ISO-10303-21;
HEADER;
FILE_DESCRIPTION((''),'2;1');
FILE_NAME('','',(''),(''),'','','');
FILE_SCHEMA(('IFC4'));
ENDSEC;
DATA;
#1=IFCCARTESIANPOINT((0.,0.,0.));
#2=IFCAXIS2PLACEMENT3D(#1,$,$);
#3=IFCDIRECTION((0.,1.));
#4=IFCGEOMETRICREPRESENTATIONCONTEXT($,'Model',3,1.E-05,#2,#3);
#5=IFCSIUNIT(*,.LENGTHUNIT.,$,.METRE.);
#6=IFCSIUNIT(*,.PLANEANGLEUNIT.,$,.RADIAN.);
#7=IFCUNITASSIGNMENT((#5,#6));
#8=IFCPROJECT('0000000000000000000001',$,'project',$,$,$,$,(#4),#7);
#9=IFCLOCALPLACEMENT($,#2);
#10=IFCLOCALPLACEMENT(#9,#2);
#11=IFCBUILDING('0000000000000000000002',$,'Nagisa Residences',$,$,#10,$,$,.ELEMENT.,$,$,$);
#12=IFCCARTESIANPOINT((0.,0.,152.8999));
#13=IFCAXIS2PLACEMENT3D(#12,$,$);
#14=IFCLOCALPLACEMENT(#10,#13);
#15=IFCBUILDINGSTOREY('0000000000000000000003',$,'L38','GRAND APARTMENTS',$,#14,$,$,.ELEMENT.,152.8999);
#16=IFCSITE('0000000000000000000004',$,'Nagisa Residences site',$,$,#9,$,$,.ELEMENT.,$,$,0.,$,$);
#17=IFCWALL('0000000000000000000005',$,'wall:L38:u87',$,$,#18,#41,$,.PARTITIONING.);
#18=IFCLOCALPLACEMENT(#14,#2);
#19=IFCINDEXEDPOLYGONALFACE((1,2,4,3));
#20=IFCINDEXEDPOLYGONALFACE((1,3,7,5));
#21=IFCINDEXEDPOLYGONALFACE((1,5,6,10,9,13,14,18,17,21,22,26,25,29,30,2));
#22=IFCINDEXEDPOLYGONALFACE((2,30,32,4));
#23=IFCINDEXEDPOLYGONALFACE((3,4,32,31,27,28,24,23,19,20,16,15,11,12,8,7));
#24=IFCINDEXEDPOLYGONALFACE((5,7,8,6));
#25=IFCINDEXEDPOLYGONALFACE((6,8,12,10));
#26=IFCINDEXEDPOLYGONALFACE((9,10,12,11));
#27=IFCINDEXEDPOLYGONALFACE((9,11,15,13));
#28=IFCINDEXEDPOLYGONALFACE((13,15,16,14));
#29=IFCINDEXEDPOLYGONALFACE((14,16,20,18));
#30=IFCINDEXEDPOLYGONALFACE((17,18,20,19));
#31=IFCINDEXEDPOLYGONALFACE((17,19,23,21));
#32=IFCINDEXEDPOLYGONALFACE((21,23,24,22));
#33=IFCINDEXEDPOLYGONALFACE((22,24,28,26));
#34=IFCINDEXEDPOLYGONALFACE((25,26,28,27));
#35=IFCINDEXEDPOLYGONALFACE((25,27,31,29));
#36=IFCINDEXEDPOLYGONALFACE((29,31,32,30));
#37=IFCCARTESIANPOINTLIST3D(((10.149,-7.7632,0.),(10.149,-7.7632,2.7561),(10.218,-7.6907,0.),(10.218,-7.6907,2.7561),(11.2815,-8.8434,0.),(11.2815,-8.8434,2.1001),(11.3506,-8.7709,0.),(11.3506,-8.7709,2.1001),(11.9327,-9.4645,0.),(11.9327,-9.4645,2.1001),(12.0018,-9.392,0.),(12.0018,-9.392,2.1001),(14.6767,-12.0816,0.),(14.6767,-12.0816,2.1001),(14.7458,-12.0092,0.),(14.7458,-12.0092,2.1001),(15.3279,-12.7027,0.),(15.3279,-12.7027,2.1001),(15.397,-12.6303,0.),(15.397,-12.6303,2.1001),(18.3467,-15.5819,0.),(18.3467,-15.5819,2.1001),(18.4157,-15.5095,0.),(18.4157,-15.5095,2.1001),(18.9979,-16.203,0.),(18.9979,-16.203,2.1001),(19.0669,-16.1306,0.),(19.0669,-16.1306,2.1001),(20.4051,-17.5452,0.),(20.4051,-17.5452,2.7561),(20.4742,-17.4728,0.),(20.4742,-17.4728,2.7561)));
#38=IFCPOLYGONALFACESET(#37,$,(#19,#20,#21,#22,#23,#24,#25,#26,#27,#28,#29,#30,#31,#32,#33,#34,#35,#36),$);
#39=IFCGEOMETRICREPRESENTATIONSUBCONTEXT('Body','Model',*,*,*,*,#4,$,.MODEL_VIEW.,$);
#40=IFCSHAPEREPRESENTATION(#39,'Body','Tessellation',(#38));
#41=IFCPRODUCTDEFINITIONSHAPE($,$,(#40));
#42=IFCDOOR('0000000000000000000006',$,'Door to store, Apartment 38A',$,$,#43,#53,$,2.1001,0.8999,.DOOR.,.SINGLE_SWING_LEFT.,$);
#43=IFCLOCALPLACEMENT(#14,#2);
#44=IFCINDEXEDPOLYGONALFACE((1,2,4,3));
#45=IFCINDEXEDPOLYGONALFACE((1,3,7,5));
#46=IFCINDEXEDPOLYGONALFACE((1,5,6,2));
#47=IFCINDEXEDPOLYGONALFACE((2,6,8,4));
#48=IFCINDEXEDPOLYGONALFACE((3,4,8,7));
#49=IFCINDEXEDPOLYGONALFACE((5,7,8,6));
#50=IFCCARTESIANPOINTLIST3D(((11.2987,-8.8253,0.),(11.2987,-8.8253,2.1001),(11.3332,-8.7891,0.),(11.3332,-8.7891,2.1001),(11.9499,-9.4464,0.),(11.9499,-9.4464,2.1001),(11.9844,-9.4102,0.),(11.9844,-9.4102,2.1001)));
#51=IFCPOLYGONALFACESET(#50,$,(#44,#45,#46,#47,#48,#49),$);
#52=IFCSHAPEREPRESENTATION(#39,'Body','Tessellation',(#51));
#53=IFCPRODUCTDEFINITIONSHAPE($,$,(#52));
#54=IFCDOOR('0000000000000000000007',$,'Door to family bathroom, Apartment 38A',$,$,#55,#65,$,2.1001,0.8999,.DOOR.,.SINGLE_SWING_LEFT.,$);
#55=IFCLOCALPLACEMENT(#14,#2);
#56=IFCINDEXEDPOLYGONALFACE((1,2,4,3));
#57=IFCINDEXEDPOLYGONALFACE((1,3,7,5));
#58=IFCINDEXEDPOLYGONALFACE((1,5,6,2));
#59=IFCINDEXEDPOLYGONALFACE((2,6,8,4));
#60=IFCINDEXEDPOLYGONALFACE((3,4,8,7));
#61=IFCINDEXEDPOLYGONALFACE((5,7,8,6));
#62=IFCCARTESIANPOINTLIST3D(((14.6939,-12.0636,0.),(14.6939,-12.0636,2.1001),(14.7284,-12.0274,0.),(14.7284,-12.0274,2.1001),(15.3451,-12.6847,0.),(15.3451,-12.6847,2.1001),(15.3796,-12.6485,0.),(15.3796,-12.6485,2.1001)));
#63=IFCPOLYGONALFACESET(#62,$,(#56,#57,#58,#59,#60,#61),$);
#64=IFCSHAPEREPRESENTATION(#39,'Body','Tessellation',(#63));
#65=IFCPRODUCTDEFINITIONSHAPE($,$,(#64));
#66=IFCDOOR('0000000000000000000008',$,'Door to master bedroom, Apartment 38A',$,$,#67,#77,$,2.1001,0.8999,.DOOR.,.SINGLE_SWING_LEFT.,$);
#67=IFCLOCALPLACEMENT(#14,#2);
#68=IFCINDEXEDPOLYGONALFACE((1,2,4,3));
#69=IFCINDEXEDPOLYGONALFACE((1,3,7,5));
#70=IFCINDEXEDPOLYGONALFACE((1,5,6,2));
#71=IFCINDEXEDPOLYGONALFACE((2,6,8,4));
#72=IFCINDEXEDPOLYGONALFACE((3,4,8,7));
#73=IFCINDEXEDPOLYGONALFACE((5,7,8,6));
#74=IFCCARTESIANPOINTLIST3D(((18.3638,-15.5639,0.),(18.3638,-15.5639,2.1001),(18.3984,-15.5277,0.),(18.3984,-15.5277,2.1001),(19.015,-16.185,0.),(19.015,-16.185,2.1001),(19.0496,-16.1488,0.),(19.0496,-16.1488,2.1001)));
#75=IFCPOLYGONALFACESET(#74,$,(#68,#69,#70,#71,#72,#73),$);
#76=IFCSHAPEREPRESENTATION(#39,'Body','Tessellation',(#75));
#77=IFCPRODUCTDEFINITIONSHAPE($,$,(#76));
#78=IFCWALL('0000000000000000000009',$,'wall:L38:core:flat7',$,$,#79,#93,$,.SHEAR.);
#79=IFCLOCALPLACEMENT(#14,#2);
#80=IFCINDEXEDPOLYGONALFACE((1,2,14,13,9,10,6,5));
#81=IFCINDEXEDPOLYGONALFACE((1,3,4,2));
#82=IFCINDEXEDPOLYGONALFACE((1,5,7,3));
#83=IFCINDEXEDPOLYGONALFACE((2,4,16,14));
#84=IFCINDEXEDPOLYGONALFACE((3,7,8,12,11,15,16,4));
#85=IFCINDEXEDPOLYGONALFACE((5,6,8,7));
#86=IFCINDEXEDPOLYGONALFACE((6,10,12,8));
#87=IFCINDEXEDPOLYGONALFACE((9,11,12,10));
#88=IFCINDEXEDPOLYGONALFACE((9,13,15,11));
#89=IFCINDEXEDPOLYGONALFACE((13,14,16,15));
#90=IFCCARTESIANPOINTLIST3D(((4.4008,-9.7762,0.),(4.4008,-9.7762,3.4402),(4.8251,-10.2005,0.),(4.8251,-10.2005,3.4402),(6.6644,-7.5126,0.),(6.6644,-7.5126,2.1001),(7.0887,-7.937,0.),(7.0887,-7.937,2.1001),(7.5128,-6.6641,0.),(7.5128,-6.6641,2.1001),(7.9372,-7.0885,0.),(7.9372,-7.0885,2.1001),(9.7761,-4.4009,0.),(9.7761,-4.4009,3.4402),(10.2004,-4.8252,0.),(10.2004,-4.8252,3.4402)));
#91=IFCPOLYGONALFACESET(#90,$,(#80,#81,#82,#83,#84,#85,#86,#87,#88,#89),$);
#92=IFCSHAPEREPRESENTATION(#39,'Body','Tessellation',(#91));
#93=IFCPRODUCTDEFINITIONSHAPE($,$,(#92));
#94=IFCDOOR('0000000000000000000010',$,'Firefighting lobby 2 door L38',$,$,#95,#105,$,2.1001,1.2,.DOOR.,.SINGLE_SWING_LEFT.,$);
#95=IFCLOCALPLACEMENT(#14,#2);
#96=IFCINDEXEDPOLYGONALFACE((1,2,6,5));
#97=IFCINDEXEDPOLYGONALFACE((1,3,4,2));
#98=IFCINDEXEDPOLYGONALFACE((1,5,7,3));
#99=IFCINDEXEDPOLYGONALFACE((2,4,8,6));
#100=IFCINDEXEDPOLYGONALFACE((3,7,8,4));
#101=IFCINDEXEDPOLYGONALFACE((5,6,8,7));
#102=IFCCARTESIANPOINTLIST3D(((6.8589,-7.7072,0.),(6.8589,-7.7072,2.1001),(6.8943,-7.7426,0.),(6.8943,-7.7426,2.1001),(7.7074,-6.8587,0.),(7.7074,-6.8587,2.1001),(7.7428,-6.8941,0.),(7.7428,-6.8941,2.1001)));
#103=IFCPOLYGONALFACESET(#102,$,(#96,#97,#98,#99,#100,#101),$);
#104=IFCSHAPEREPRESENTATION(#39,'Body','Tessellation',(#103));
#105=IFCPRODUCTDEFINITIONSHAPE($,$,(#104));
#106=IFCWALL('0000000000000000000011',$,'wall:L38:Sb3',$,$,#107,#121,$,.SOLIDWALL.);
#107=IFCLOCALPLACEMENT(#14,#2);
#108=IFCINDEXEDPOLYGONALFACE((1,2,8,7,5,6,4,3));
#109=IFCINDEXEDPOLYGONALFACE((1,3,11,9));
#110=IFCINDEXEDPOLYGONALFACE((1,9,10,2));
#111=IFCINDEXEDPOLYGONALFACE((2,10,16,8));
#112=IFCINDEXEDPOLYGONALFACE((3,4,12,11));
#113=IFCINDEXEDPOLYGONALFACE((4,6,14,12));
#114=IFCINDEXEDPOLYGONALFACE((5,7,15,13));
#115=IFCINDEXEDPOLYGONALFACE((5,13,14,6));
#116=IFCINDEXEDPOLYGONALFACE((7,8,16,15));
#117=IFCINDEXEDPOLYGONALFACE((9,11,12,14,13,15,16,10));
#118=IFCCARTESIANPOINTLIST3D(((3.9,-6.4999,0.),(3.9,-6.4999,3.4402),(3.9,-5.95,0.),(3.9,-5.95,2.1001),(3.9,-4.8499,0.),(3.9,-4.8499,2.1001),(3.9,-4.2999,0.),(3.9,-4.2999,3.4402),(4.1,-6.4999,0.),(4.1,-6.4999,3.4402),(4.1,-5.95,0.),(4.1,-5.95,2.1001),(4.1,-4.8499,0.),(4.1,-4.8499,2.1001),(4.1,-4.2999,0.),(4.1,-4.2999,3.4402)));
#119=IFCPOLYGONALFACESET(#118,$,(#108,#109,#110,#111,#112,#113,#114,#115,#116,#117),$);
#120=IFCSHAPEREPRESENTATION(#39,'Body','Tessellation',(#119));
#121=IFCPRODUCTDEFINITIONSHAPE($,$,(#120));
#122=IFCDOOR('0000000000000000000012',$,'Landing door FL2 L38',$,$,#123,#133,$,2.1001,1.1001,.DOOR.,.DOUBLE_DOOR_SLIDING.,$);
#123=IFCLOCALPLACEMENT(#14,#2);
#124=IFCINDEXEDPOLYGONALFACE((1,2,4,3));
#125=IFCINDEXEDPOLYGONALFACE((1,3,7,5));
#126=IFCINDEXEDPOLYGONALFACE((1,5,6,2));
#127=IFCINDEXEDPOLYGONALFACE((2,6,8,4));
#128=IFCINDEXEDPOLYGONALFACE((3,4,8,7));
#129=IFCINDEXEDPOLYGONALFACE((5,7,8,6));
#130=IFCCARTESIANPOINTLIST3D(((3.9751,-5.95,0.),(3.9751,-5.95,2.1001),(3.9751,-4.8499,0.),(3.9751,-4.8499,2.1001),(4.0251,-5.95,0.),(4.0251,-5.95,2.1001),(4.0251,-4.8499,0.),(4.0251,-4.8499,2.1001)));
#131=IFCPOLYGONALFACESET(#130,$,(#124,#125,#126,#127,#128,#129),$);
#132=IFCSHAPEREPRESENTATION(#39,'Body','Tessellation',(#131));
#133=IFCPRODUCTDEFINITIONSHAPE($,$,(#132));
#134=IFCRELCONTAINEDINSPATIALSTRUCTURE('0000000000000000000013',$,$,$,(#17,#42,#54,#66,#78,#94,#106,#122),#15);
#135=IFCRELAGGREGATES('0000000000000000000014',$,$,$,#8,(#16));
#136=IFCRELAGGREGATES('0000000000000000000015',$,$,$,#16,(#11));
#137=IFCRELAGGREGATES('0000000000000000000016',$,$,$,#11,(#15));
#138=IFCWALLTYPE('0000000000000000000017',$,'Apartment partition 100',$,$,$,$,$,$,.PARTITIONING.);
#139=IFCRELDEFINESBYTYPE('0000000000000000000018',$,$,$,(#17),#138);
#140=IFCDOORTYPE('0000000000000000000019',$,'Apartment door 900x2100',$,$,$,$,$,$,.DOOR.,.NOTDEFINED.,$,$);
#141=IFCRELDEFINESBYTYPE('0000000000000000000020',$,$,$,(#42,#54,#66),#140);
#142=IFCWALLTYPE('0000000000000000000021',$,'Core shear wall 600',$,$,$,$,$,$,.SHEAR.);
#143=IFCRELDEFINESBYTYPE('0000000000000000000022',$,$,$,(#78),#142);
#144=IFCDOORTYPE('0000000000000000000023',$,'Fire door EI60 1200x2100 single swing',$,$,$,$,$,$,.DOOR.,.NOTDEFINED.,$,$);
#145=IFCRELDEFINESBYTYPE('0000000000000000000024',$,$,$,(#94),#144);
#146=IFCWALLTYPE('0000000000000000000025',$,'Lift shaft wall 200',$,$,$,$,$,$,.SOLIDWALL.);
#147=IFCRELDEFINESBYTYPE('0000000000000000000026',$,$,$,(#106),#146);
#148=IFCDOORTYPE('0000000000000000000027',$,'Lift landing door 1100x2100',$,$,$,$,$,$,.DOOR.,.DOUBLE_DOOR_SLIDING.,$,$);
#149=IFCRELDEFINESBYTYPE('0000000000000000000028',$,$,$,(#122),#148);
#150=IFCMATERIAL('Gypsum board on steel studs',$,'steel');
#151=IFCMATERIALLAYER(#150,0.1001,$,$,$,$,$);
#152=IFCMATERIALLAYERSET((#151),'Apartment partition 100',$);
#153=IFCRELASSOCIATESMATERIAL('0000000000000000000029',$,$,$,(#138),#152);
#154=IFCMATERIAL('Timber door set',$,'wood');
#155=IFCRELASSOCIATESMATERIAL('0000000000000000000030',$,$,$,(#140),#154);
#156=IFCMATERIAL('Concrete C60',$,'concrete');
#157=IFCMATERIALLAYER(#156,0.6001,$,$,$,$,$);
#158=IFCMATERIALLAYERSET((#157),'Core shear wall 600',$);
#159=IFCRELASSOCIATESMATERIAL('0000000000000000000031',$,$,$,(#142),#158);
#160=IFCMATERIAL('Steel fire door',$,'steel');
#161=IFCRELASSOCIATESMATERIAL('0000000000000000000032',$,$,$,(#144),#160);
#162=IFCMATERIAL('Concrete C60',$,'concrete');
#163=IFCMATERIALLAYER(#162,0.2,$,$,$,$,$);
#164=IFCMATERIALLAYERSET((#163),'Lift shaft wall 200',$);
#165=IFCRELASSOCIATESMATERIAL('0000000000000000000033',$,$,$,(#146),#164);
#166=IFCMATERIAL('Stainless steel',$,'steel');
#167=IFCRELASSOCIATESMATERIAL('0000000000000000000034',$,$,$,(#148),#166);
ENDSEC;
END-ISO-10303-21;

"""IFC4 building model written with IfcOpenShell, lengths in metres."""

from ifc_helpers import new_model, si_unit, direction, frame, frame_2d, origin, place, context, subcontext, project, spatial, rectangle, extrude, material, layer, layer_set, type_object, element, fill, save


model = new_model("IFC4")

# Units and contexts
model_context = context("Model", 3, precision=1e-05, world=origin(), true_north=direction((0.0, 1.0)))
body_context = subcontext(model_context, "Body", "Model", "MODEL_VIEW")
ifc_project = project(units=[si_unit("LENGTHUNIT", "METRE"), si_unit("PLANEANGLEUNIT", "RADIAN")], contexts=[model_context])

# Site, building, storey
site_placement = place(None, origin())
site = spatial("IfcSite", under=ifc_project, at=site_placement, Name="Nagisa Residences site", CompositionType="ELEMENT", RefElevation=0.0)
building_placement = place(site_placement, origin())
building = spatial("IfcBuilding", under=site, at=building_placement, Name="Nagisa Residences", CompositionType="ELEMENT")
storey_placement = place(building_placement, frame((0.0, 0.0, 152.8999)))
storey = spatial("IfcBuildingStorey", under=building, at=storey_placement, Name="L38", Description="GRAND APARTMENTS", CompositionType="ELEMENT", Elevation=152.8999)

# Wall, openings, doors
ifc_material_1 = material(Name="Gypsum board on steel studs", Category="steel")
ifc_layer_1 = layer(ifc_material_1, 0.1001)
ifc_layer_set_1 = layer_set([ifc_layer_1], Name="Apartment partition 100")
wall_type_1 = type_object("IfcWallType", Name="Apartment partition 100", PredefinedType="PARTITIONING", material=ifc_layer_set_1)
ifc_material_2 = material(Name="Timber door set", Category="wood")
door_type_1 = type_object("IfcDoorType", Name="Apartment door 900x2100", OperationType="NOTDEFINED", PredefinedType="DOOR", material=ifc_material_2)
wall_1_placement = place(storey_placement, frame((10.1836, -7.7271, 0.0), z_axis=(0.0, 0.0, 1.0), x_axis=(0.723635, -0.690183, 0.0)))
wall_1 = element("IfcWall", 1, at=wall_1_placement, inside=storey, type_object=wall_type_1, Name="wall:L38:u87", PredefinedType="PARTITIONING", context=body_context, shape_type="SweptSolid", body=[
    extrude(rectangle(XDim=14.1731, YDim=0.1001, at=frame_2d((7.0864, 0.0))), origin(), (0.0, 0.0, 1.0), 2.7561),
])
opening_1_placement = place(wall_1_placement, frame((1.5649, 0.0, 0.0)))
opening_1 = element("IfcOpeningElement", 2, at=opening_1_placement, cuts=wall_1, PredefinedType="OPENING", context=body_context, shape_type="SweptSolid", body=[
    extrude(rectangle(XDim=0.8999, YDim=2.1001, at=frame_2d((0.45, 1.05))), frame((0.0, 0.0601, 0.0), z_axis=(0.0, -1.0, 0.0), x_axis=(1.0, 0.0, 0.0)), (0.0, 0.0, 1.0), 0.1201),
])
opening_2_placement = place(wall_1_placement, frame((6.2568, 0.0, 0.0)))
opening_2 = element("IfcOpeningElement", 3, at=opening_2_placement, cuts=wall_1, PredefinedType="OPENING", context=body_context, shape_type="SweptSolid", body=[
    extrude(rectangle(XDim=0.8999, YDim=2.1001, at=frame_2d((0.45, 1.05))), frame((0.0, 0.0601, 0.0), z_axis=(0.0, -1.0, 0.0), x_axis=(1.0, 0.0, 0.0)), (0.0, 0.0, 1.0), 0.1201),
])
opening_3_placement = place(wall_1_placement, frame((11.3284, 0.0, 0.0)))
opening_3 = element("IfcOpeningElement", 4, at=opening_3_placement, cuts=wall_1, PredefinedType="OPENING", context=body_context, shape_type="SweptSolid", body=[
    extrude(rectangle(XDim=0.8999, YDim=2.1001, at=frame_2d((0.45, 1.05))), frame((0.0, 0.0601, 0.0), z_axis=(0.0, -1.0, 0.0), x_axis=(1.0, 0.0, 0.0)), (0.0, 0.0, 1.0), 0.1201),
])
door_1_placement = place(opening_1_placement, origin())
door_1 = element("IfcDoor", 5, at=door_1_placement, inside=storey, type_object=door_type_1, Name="Door to store, Apartment 38A", OperationType="SINGLE_SWING_LEFT", OverallHeight=2.1001, OverallWidth=0.8999, PredefinedType="DOOR", context=body_context, shape_type="SweptSolid", body=[
    extrude(rectangle(XDim=0.8999, YDim=2.1001, at=frame_2d((0.45, 1.05))), frame((0.0, 0.0249, 0.0), z_axis=(0.0, -1.0, 0.0), x_axis=(1.0, 0.0, 0.0)), (0.0, 0.0, 1.0), 0.05),
])
fill(opening_1, door_1)
door_2_placement = place(opening_2_placement, origin())
door_2 = element("IfcDoor", 6, at=door_2_placement, inside=storey, type_object=door_type_1, Name="Door to family bathroom, Apartment 38A", OperationType="SINGLE_SWING_LEFT", OverallHeight=2.1001, OverallWidth=0.8999, PredefinedType="DOOR", context=body_context, shape_type="SweptSolid", body=[
    extrude(rectangle(XDim=0.8999, YDim=2.1001, at=frame_2d((0.45, 1.05))), frame((0.0, 0.0249, 0.0), z_axis=(0.0, -1.0, 0.0), x_axis=(1.0, 0.0, 0.0)), (0.0, 0.0, 1.0), 0.05),
])
fill(opening_2, door_2)
door_3_placement = place(opening_3_placement, origin())
door_3 = element("IfcDoor", 7, at=door_3_placement, inside=storey, type_object=door_type_1, Name="Door to master bedroom, Apartment 38A", OperationType="SINGLE_SWING_LEFT", OverallHeight=2.1001, OverallWidth=0.8999, PredefinedType="DOOR", context=body_context, shape_type="SweptSolid", body=[
    extrude(rectangle(XDim=0.8999, YDim=2.1001, at=frame_2d((0.45, 1.05))), frame((0.0, 0.0249, 0.0), z_axis=(0.0, -1.0, 0.0), x_axis=(1.0, 0.0, 0.0)), (0.0, 0.0, 1.0), 0.05),
])
fill(opening_3, door_3)

# Walls, openings, doors
ifc_material_3 = material(Name="Concrete C60", Category="concrete")
ifc_layer_2 = layer(ifc_material_3, 0.6001)
ifc_layer_set_2 = layer_set([ifc_layer_2], Name="Core shear wall 600")
wall_type_2 = type_object("IfcWallType", Name="Core shear wall 600", PredefinedType="SHEAR", material=ifc_layer_set_2)
wall_2_placement = place(storey_placement, frame((4.613, -9.9883, 0.0), z_axis=(0.0, 0.0, 1.0), x_axis=(0.707107, 0.707107, 0.0)))
wall_2 = element("IfcWall", 8, at=wall_2_placement, inside=storey, type_object=wall_type_2, Name="wall:L38:core:flat7", PredefinedType="SHEAR", context=body_context, shape_type="SweptSolid", body=[
    extrude(rectangle(XDim=7.6018, YDim=0.6001, at=frame_2d((3.8008, 0.0))), origin(), (0.0, 0.0, 1.0), 3.4402),
])
opening_4_placement = place(wall_2_placement, frame((3.2009, 0.0, 0.0)))
opening_4 = element("IfcOpeningElement", 9, at=opening_4_placement, cuts=wall_2, PredefinedType="OPENING", context=body_context, shape_type="SweptSolid", body=[
    extrude(rectangle(XDim=1.2, YDim=2.1001, at=frame_2d((0.6001, 1.05))), frame((0.0, 0.3101, 0.0), z_axis=(0.0, -1.0, 0.0), x_axis=(1.0, 0.0, 0.0)), (0.0, 0.0, 1.0), 0.6201),
])
ifc_material_4 = material(Name="Steel fire door", Category="steel")
door_type_2 = type_object("IfcDoorType", Name="Fire door EI60 1200x2100 single swing", OperationType="NOTDEFINED", PredefinedType="DOOR", material=ifc_material_4)
door_4_placement = place(opening_4_placement, origin())
door_4 = element("IfcDoor", 10, at=door_4_placement, inside=storey, type_object=door_type_2, Name="Firefighting lobby 2 door L38", OperationType="SINGLE_SWING_LEFT", OverallHeight=2.1001, OverallWidth=1.2, PredefinedType="DOOR", context=body_context, shape_type="SweptSolid", body=[
    extrude(rectangle(XDim=1.2, YDim=2.1001, at=frame_2d((0.6001, 1.05))), frame((0.0, 0.0249, 0.0), z_axis=(0.0, -1.0, 0.0), x_axis=(1.0, 0.0, 0.0)), (0.0, 0.0, 1.0), 0.05),
])
fill(opening_4, door_4)
ifc_material_5 = material(Name="Concrete C60", Category="concrete")
ifc_layer_3 = layer(ifc_material_5, 0.2)
ifc_layer_set_3 = layer_set([ifc_layer_3], Name="Lift shaft wall 200")
wall_type_3 = type_object("IfcWallType", Name="Lift shaft wall 200", PredefinedType="SOLIDWALL", material=ifc_layer_set_3)
wall_3_placement = place(storey_placement, frame((4.0, -6.5, 0.0), z_axis=(0.0, 0.0, 1.0), x_axis=(0.0, 1.0, 0.0)))
wall_3 = element("IfcWall", 11, at=wall_3_placement, inside=storey, type_object=wall_type_3, Name="wall:L38:Sb3", PredefinedType="SOLIDWALL", context=body_context, shape_type="SweptSolid", body=[
    extrude(rectangle(XDim=2.2, YDim=0.2, at=frame_2d((1.1001, 0.0))), origin(), (0.0, 0.0, 1.0), 3.4402),
])
opening_5_placement = place(wall_3_placement, frame((0.55, 0.0, 0.0)))
opening_5 = element("IfcOpeningElement", 12, at=opening_5_placement, cuts=wall_3, PredefinedType="OPENING", context=body_context, shape_type="SweptSolid", body=[
    extrude(rectangle(XDim=1.1001, YDim=2.1001, at=frame_2d((0.55, 1.05))), frame((0.0, 0.1099, 0.0), z_axis=(0.0, -1.0, 0.0), x_axis=(1.0, 0.0, 0.0)), (0.0, 0.0, 1.0), 0.22),
])
ifc_material_6 = material(Name="Stainless steel", Category="steel")
door_type_3 = type_object("IfcDoorType", Name="Lift landing door 1100x2100", OperationType="DOUBLE_DOOR_SLIDING", PredefinedType="DOOR", material=ifc_material_6)
door_5_placement = place(opening_5_placement, origin())
door_5 = element("IfcDoor", 13, at=door_5_placement, inside=storey, type_object=door_type_3, Name="Landing door FL2 L38", OperationType="DOUBLE_DOOR_SLIDING", OverallHeight=2.1001, OverallWidth=1.1001, PredefinedType="DOOR", context=body_context, shape_type="SweptSolid", body=[
    extrude(rectangle(XDim=1.1001, YDim=2.1001, at=frame_2d((0.55, 1.05))), frame((0.0, 0.0249, 0.0), z_axis=(0.0, -1.0, 0.0), x_axis=(1.0, 0.0, 0.0)), (0.0, 0.0, 1.0), 0.05),
])
fill(opening_5, door_5)

save(model, "model.ifc")
